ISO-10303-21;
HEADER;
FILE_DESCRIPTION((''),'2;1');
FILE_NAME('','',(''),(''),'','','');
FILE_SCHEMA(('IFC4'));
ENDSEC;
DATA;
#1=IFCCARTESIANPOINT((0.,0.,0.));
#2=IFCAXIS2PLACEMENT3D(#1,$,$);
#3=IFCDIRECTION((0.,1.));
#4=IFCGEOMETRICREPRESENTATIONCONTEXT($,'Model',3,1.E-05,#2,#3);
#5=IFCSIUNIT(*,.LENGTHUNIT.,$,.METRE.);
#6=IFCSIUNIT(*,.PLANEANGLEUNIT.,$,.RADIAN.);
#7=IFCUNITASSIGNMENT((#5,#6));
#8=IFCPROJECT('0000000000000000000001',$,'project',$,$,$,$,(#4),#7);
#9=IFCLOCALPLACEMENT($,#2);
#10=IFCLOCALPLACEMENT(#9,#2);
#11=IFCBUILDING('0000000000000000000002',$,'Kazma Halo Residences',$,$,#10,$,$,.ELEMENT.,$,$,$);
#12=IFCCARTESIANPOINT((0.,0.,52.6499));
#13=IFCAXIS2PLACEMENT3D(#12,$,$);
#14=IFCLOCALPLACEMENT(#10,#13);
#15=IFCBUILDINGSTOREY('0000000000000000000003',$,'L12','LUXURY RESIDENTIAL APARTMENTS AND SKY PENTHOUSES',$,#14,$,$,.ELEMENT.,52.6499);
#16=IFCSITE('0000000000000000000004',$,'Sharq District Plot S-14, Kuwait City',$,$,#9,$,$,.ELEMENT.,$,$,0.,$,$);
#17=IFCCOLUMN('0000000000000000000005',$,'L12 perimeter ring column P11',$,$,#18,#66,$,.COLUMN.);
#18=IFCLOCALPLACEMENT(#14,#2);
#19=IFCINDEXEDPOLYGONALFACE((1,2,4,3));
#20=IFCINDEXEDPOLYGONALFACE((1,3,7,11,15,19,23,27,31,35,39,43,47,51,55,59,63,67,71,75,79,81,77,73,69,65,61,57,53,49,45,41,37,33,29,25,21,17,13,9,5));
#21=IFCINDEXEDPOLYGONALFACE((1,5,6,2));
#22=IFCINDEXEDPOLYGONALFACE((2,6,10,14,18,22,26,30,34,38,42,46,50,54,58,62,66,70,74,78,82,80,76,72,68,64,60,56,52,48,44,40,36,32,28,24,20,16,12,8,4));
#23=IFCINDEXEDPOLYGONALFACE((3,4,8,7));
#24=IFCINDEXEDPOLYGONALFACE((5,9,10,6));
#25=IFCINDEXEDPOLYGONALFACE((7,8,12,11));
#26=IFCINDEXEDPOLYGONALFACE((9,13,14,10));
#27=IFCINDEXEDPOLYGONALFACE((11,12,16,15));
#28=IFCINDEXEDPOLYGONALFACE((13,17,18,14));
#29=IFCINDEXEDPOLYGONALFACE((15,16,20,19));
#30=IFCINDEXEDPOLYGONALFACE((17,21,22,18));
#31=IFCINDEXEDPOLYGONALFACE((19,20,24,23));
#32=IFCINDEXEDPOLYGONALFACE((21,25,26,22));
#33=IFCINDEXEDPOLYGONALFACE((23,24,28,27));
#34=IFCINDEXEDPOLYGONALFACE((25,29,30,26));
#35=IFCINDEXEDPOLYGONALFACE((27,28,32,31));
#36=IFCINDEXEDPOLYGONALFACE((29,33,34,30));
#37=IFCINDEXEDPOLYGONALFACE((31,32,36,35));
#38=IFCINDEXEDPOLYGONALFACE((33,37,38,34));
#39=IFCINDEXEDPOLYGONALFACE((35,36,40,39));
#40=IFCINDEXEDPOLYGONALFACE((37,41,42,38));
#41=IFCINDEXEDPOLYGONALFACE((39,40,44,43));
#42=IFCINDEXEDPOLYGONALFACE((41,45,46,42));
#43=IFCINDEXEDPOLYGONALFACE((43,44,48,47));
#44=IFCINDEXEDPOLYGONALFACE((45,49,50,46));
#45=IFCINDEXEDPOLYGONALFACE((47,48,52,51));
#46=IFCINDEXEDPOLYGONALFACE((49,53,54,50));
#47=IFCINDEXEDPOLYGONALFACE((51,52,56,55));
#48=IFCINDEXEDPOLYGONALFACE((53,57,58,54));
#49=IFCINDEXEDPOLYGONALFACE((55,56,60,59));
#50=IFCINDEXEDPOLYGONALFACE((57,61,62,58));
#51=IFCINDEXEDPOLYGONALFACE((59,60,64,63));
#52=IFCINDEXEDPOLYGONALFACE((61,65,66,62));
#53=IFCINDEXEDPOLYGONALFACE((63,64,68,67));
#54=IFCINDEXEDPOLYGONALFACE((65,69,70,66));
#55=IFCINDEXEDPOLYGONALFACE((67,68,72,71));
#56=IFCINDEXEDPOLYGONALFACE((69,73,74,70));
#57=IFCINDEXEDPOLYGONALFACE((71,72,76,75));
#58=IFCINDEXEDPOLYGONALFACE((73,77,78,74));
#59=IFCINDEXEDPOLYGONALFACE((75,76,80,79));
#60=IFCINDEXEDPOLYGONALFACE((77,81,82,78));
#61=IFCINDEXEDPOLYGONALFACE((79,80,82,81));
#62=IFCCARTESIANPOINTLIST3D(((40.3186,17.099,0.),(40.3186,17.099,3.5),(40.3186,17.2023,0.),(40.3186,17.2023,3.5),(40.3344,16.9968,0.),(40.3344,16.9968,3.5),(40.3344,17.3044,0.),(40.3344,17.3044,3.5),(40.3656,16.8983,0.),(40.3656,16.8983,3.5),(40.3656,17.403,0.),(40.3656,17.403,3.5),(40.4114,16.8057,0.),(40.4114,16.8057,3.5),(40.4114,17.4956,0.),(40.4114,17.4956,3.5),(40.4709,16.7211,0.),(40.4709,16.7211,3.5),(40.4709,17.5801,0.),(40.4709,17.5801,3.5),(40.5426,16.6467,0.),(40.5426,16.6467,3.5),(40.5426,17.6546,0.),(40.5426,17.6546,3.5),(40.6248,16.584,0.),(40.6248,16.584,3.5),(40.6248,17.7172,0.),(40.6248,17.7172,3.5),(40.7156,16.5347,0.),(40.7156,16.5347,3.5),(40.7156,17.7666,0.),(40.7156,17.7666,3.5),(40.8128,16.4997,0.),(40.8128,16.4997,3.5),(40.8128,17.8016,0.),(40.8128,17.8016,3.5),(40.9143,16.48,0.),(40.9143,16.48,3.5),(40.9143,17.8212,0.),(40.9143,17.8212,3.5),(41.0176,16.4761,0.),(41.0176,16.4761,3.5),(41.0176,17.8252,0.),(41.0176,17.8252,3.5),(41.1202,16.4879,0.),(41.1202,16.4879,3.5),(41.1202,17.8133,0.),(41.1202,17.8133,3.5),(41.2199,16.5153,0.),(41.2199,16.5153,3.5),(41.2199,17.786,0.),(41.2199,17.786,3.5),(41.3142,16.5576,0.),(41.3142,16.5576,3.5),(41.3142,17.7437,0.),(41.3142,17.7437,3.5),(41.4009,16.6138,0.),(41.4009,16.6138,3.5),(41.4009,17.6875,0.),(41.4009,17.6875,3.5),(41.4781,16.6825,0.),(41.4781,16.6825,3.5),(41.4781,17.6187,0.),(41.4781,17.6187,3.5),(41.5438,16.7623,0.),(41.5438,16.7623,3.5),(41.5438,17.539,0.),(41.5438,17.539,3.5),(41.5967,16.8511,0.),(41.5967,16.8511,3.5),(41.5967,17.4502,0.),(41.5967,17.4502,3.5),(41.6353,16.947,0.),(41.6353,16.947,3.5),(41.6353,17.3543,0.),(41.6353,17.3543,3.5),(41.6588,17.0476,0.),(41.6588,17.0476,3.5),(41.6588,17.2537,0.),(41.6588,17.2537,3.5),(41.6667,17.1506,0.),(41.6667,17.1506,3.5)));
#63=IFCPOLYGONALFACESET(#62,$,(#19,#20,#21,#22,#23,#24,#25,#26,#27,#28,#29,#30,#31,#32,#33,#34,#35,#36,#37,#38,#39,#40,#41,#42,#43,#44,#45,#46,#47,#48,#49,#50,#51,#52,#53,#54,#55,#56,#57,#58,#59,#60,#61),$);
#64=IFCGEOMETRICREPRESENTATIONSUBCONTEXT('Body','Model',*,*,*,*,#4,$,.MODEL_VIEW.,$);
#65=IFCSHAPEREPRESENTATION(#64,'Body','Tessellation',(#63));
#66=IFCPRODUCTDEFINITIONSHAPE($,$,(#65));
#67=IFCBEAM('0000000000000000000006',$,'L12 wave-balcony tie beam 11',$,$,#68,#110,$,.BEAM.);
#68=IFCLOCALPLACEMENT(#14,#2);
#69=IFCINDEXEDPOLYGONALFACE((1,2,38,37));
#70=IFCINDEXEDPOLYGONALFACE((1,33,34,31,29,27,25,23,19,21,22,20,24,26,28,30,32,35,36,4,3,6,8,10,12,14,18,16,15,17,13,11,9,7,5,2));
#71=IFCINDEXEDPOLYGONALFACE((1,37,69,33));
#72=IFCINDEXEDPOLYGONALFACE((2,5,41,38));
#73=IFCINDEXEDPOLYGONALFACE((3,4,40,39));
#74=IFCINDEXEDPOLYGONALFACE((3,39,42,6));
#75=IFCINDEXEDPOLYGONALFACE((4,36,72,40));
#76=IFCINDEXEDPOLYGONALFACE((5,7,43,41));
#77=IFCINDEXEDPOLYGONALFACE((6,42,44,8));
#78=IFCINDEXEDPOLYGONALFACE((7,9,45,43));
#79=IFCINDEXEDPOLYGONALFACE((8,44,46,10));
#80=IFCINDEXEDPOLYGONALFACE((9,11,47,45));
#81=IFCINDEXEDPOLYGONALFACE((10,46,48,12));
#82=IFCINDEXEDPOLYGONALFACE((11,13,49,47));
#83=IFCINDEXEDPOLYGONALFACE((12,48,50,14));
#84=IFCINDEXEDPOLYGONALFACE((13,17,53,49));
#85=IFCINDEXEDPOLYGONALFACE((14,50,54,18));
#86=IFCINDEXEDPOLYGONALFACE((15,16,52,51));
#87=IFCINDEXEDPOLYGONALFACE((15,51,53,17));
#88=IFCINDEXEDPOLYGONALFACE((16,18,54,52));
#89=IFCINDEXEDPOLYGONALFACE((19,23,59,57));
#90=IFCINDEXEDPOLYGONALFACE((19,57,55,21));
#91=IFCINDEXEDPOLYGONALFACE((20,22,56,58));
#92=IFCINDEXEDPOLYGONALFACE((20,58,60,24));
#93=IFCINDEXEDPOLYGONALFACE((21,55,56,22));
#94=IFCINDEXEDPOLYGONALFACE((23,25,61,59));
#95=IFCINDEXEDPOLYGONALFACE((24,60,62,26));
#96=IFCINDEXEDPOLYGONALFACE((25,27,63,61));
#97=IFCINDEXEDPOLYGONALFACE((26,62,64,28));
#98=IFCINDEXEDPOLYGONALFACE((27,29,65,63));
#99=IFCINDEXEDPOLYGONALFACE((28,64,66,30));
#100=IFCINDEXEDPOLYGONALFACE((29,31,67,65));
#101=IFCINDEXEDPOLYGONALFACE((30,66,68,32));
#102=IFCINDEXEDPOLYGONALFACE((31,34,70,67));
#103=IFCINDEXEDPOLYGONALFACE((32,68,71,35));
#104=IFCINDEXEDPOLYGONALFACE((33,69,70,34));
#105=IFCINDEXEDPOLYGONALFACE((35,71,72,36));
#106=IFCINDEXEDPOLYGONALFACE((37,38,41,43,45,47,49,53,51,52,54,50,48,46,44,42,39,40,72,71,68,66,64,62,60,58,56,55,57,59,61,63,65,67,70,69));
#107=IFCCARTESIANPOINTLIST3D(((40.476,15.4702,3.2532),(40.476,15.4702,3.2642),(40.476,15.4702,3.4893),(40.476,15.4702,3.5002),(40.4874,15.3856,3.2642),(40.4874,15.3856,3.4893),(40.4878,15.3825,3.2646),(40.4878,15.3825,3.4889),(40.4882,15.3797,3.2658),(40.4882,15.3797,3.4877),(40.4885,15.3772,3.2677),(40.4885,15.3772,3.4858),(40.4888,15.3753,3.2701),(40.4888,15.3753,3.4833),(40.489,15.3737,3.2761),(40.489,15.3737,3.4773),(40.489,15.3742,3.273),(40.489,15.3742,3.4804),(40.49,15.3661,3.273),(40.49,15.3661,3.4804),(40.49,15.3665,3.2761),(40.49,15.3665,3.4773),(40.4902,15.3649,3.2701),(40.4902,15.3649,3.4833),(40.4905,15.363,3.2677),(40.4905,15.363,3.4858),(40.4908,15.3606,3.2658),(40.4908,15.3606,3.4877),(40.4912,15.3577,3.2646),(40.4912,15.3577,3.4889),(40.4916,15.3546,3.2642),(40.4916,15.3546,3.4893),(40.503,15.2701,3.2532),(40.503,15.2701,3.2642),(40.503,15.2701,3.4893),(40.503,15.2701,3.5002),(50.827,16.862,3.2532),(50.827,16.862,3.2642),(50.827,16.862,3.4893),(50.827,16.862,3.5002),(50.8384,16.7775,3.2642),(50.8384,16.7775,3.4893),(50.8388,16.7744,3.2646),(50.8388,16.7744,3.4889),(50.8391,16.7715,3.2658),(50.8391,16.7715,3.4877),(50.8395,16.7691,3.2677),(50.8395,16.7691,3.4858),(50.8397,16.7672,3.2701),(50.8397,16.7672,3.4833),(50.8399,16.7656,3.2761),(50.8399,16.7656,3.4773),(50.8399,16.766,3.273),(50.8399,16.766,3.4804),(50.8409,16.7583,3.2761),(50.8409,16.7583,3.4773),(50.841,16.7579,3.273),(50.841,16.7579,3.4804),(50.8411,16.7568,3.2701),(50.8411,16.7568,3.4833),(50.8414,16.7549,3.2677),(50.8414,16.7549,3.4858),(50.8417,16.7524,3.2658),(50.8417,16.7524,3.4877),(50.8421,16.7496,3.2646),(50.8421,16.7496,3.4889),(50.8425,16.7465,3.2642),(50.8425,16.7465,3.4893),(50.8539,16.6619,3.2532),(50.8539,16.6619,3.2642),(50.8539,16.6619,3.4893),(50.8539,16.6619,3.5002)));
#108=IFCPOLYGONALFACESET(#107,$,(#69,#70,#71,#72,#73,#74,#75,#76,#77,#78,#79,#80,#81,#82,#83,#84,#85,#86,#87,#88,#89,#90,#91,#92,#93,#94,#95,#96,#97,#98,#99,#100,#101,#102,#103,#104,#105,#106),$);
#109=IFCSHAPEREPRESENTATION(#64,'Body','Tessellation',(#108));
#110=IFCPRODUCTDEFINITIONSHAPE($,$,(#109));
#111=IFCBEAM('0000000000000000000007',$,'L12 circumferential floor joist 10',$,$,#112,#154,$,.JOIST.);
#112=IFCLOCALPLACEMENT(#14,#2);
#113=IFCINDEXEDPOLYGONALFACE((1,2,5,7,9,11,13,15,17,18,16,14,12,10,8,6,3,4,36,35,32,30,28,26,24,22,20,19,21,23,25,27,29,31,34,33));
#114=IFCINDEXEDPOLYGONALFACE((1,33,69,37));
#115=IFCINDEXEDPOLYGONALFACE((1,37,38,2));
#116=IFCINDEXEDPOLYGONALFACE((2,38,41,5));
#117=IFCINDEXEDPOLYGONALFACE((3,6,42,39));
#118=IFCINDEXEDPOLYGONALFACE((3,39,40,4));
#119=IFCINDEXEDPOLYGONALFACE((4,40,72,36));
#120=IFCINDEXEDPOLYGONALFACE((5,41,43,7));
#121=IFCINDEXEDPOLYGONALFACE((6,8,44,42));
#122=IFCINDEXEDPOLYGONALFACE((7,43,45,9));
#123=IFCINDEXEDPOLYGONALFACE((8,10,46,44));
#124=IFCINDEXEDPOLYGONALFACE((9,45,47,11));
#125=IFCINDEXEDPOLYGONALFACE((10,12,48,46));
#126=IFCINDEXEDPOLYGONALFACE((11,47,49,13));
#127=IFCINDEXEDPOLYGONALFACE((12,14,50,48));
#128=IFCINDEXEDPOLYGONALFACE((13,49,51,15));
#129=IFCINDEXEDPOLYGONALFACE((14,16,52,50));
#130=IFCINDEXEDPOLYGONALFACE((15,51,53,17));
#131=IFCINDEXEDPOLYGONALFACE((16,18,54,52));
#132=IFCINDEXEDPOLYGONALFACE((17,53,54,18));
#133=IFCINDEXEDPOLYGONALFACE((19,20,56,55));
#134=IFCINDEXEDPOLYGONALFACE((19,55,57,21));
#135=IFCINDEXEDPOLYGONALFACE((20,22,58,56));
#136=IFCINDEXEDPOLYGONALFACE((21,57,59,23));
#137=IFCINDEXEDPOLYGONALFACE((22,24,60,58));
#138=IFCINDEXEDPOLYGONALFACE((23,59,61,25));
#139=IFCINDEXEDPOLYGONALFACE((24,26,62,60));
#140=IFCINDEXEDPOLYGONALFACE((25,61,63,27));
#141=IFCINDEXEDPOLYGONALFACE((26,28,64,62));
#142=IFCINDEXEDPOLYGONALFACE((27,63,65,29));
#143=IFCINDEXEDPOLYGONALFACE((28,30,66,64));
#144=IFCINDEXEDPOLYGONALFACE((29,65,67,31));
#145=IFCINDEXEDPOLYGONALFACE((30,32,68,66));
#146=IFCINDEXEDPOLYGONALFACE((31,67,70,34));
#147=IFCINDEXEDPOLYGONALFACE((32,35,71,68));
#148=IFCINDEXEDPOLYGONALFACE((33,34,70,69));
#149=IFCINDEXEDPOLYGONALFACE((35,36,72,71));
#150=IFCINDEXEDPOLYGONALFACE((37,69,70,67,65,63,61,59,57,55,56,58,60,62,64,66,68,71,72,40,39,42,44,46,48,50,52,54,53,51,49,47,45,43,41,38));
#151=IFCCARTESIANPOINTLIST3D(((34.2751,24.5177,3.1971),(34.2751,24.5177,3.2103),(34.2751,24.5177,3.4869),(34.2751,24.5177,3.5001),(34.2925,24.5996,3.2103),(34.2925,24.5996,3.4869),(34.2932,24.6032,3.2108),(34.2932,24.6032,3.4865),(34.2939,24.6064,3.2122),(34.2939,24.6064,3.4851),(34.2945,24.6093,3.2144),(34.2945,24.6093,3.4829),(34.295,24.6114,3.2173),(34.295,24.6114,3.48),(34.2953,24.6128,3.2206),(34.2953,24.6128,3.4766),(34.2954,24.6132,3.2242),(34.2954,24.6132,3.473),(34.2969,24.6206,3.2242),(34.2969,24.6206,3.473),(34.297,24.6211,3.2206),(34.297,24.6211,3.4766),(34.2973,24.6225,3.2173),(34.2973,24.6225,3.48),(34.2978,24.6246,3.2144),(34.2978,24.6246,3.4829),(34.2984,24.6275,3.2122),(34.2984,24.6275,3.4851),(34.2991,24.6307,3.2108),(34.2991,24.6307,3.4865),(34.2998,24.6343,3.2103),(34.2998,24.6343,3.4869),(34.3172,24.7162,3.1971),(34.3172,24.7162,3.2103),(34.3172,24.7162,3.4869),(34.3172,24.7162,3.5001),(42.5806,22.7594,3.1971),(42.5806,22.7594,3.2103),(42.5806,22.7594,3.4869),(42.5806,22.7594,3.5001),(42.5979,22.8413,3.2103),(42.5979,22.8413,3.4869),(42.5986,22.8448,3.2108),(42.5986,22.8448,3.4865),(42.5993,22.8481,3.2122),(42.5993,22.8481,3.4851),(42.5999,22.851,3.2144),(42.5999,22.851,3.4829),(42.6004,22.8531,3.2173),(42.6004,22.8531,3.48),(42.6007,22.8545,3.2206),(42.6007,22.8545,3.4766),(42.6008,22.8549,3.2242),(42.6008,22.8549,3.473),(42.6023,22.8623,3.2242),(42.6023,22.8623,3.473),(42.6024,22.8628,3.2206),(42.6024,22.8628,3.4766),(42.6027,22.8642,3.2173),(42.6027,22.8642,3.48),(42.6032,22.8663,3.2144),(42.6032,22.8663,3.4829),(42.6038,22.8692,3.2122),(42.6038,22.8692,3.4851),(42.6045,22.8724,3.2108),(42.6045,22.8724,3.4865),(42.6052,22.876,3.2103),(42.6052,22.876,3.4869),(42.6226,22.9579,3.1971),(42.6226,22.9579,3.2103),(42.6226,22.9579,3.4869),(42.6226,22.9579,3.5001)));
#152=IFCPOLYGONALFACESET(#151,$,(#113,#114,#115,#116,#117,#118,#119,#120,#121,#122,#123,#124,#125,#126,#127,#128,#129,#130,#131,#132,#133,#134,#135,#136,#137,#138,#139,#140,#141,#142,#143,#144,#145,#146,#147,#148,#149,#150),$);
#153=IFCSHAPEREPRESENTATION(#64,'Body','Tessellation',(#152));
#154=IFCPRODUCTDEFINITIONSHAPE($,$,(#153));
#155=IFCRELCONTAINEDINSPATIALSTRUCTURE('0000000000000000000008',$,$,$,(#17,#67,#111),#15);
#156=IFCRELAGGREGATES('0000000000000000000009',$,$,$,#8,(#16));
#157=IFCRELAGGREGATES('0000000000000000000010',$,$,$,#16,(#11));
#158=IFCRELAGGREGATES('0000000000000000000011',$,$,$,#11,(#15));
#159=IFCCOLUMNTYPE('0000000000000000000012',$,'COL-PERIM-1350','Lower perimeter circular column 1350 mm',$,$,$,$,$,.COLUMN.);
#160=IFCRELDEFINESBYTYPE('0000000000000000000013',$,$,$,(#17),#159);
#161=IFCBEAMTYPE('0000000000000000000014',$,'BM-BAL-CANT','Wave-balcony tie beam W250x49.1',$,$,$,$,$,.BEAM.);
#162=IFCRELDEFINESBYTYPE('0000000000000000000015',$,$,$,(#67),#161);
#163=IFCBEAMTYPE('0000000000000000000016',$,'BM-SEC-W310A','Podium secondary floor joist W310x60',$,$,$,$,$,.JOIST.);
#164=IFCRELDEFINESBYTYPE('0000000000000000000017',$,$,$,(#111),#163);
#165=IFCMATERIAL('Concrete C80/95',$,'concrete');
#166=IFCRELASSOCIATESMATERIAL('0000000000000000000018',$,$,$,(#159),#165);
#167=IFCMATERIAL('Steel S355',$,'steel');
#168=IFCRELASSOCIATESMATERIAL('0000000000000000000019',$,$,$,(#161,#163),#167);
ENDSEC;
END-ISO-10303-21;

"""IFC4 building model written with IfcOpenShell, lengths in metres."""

from ifc_helpers import new_model, si_unit, direction, frame, origin, origin_2d, place, context, subcontext, project, spatial, circle, i_section, extrude, material, material_profile, profile_set, type_object, element, save


model = new_model("IFC4")

# Units and contexts
model_context = context("Model", 3, precision=1e-05, world=origin(), true_north=direction((0.0, 1.0)))
body_context = subcontext(model_context, "Body", "Model", "MODEL_VIEW")
ifc_project = project(units=[si_unit("LENGTHUNIT", "METRE"), si_unit("PLANEANGLEUNIT", "RADIAN")], contexts=[model_context])

# Site, building, storey
site_placement = place(None, origin())
site = spatial("IfcSite", under=ifc_project, at=site_placement, Name="Sharq District Plot S-14, Kuwait City", CompositionType="ELEMENT", RefElevation=0.0)
building_placement = place(site_placement, origin())
building = spatial("IfcBuilding", under=site, at=building_placement, Name="Kazma Halo Residences", CompositionType="ELEMENT")
storey_placement = place(building_placement, frame((0.0, 0.0, 52.6499)))
storey = spatial("IfcBuildingStorey", under=building, at=storey_placement, Name="L12", Description="LUXURY RESIDENTIAL APARTMENTS AND SKY PENTHOUSES", CompositionType="ELEMENT", Elevation=52.6499)

# Column
ifc_material_1 = material(Name="Concrete C80/95", Category="concrete")
ifc_material_profile_1 = material_profile(ifc_material_1, circle(Radius=0.675, at=origin_2d()), Name="CIRC1350")
ifc_profile_set_1 = profile_set([ifc_material_profile_1], Name="Concrete C80/95")
column_type = type_object("IfcColumnType", Name="COL-PERIM-1350", Description="Lower perimeter circular column 1350 mm", PredefinedType="COLUMN", material=ifc_profile_set_1)
column_placement = place(storey_placement, frame((40.9917, 17.1506, 0.0), z_axis=(0.0, 0.0, 1.0), x_axis=(1.0, 0.0, 0.0)))
element("IfcColumn", 1, at=column_placement, inside=storey, type_object=column_type, Name="L12 perimeter ring column P11", PredefinedType="COLUMN", context=body_context, shape_type="SweptSolid", body=[
    extrude(circle(Radius=0.675, at=origin_2d()), origin(), (0.0, 0.0, 1.0), 3.5),
])

# Beams
ifc_material_2 = material(Name="Steel S355", Category="steel")
ifc_material_profile_2 = material_profile(ifc_material_2, i_section(OverallWidth=0.2019, OverallDepth=0.2471, WebThickness=0.0073, FlangeThickness=0.011, FilletRadius=0.012, at=origin_2d()), Name="W250x49.1")
ifc_profile_set_2 = profile_set([ifc_material_profile_2], Name="Steel S355")
beam_type_1 = type_object("IfcBeamType", Name="BM-BAL-CANT", Description="Wave-balcony tie beam W250x49.1", PredefinedType="BEAM", material=ifc_profile_set_2)
beam_1_placement = place(storey_placement, frame((40.4895, 15.3701, 3.3767), z_axis=(0.99108, 0.133268, 0.0), x_axis=(-0.133268, 0.99108, 0.0)))
element("IfcBeam", 2, at=beam_1_placement, inside=storey, type_object=beam_type_1, Name="L12 wave-balcony tie beam 11", PredefinedType="BEAM", context=body_context, shape_type="SweptSolid", body=[
    extrude(i_section(OverallWidth=0.2019, OverallDepth=0.2471, WebThickness=0.0073, FlangeThickness=0.011, FilletRadius=0.012, at=origin_2d()), origin(), (0.0, 0.0, 1.0), 10.4441),
])
ifc_material_profile_3 = material_profile(ifc_material_2, i_section(OverallWidth=0.2029, OverallDepth=0.303, WebThickness=0.0076, FlangeThickness=0.0132, FilletRadius=0.0139, at=origin_2d()), Name="W310x60")
ifc_profile_set_3 = profile_set([ifc_material_profile_3], Name="Steel S355")
beam_type_2 = type_object("IfcBeamType", Name="BM-SEC-W310A", Description="Podium secondary floor joist W310x60", PredefinedType="JOIST", material=ifc_profile_set_3)
beam_2_placement = place(storey_placement, frame((34.2961, 24.6169, 3.3486), z_axis=(0.978317, -0.207115, 0.0), x_axis=(0.207115, 0.978317, 0.0)))
element("IfcBeam", 3, at=beam_2_placement, inside=storey, type_object=beam_type_2, Name="L12 circumferential floor joist 10", PredefinedType="JOIST", context=body_context, shape_type="SweptSolid", body=[
    extrude(i_section(OverallWidth=0.2029, OverallDepth=0.303, WebThickness=0.0076, FlangeThickness=0.0132, FilletRadius=0.0139, at=origin_2d()), origin(), (0.0, 0.0, 1.0), 8.4895),
])

save(model, "model.ifc")
